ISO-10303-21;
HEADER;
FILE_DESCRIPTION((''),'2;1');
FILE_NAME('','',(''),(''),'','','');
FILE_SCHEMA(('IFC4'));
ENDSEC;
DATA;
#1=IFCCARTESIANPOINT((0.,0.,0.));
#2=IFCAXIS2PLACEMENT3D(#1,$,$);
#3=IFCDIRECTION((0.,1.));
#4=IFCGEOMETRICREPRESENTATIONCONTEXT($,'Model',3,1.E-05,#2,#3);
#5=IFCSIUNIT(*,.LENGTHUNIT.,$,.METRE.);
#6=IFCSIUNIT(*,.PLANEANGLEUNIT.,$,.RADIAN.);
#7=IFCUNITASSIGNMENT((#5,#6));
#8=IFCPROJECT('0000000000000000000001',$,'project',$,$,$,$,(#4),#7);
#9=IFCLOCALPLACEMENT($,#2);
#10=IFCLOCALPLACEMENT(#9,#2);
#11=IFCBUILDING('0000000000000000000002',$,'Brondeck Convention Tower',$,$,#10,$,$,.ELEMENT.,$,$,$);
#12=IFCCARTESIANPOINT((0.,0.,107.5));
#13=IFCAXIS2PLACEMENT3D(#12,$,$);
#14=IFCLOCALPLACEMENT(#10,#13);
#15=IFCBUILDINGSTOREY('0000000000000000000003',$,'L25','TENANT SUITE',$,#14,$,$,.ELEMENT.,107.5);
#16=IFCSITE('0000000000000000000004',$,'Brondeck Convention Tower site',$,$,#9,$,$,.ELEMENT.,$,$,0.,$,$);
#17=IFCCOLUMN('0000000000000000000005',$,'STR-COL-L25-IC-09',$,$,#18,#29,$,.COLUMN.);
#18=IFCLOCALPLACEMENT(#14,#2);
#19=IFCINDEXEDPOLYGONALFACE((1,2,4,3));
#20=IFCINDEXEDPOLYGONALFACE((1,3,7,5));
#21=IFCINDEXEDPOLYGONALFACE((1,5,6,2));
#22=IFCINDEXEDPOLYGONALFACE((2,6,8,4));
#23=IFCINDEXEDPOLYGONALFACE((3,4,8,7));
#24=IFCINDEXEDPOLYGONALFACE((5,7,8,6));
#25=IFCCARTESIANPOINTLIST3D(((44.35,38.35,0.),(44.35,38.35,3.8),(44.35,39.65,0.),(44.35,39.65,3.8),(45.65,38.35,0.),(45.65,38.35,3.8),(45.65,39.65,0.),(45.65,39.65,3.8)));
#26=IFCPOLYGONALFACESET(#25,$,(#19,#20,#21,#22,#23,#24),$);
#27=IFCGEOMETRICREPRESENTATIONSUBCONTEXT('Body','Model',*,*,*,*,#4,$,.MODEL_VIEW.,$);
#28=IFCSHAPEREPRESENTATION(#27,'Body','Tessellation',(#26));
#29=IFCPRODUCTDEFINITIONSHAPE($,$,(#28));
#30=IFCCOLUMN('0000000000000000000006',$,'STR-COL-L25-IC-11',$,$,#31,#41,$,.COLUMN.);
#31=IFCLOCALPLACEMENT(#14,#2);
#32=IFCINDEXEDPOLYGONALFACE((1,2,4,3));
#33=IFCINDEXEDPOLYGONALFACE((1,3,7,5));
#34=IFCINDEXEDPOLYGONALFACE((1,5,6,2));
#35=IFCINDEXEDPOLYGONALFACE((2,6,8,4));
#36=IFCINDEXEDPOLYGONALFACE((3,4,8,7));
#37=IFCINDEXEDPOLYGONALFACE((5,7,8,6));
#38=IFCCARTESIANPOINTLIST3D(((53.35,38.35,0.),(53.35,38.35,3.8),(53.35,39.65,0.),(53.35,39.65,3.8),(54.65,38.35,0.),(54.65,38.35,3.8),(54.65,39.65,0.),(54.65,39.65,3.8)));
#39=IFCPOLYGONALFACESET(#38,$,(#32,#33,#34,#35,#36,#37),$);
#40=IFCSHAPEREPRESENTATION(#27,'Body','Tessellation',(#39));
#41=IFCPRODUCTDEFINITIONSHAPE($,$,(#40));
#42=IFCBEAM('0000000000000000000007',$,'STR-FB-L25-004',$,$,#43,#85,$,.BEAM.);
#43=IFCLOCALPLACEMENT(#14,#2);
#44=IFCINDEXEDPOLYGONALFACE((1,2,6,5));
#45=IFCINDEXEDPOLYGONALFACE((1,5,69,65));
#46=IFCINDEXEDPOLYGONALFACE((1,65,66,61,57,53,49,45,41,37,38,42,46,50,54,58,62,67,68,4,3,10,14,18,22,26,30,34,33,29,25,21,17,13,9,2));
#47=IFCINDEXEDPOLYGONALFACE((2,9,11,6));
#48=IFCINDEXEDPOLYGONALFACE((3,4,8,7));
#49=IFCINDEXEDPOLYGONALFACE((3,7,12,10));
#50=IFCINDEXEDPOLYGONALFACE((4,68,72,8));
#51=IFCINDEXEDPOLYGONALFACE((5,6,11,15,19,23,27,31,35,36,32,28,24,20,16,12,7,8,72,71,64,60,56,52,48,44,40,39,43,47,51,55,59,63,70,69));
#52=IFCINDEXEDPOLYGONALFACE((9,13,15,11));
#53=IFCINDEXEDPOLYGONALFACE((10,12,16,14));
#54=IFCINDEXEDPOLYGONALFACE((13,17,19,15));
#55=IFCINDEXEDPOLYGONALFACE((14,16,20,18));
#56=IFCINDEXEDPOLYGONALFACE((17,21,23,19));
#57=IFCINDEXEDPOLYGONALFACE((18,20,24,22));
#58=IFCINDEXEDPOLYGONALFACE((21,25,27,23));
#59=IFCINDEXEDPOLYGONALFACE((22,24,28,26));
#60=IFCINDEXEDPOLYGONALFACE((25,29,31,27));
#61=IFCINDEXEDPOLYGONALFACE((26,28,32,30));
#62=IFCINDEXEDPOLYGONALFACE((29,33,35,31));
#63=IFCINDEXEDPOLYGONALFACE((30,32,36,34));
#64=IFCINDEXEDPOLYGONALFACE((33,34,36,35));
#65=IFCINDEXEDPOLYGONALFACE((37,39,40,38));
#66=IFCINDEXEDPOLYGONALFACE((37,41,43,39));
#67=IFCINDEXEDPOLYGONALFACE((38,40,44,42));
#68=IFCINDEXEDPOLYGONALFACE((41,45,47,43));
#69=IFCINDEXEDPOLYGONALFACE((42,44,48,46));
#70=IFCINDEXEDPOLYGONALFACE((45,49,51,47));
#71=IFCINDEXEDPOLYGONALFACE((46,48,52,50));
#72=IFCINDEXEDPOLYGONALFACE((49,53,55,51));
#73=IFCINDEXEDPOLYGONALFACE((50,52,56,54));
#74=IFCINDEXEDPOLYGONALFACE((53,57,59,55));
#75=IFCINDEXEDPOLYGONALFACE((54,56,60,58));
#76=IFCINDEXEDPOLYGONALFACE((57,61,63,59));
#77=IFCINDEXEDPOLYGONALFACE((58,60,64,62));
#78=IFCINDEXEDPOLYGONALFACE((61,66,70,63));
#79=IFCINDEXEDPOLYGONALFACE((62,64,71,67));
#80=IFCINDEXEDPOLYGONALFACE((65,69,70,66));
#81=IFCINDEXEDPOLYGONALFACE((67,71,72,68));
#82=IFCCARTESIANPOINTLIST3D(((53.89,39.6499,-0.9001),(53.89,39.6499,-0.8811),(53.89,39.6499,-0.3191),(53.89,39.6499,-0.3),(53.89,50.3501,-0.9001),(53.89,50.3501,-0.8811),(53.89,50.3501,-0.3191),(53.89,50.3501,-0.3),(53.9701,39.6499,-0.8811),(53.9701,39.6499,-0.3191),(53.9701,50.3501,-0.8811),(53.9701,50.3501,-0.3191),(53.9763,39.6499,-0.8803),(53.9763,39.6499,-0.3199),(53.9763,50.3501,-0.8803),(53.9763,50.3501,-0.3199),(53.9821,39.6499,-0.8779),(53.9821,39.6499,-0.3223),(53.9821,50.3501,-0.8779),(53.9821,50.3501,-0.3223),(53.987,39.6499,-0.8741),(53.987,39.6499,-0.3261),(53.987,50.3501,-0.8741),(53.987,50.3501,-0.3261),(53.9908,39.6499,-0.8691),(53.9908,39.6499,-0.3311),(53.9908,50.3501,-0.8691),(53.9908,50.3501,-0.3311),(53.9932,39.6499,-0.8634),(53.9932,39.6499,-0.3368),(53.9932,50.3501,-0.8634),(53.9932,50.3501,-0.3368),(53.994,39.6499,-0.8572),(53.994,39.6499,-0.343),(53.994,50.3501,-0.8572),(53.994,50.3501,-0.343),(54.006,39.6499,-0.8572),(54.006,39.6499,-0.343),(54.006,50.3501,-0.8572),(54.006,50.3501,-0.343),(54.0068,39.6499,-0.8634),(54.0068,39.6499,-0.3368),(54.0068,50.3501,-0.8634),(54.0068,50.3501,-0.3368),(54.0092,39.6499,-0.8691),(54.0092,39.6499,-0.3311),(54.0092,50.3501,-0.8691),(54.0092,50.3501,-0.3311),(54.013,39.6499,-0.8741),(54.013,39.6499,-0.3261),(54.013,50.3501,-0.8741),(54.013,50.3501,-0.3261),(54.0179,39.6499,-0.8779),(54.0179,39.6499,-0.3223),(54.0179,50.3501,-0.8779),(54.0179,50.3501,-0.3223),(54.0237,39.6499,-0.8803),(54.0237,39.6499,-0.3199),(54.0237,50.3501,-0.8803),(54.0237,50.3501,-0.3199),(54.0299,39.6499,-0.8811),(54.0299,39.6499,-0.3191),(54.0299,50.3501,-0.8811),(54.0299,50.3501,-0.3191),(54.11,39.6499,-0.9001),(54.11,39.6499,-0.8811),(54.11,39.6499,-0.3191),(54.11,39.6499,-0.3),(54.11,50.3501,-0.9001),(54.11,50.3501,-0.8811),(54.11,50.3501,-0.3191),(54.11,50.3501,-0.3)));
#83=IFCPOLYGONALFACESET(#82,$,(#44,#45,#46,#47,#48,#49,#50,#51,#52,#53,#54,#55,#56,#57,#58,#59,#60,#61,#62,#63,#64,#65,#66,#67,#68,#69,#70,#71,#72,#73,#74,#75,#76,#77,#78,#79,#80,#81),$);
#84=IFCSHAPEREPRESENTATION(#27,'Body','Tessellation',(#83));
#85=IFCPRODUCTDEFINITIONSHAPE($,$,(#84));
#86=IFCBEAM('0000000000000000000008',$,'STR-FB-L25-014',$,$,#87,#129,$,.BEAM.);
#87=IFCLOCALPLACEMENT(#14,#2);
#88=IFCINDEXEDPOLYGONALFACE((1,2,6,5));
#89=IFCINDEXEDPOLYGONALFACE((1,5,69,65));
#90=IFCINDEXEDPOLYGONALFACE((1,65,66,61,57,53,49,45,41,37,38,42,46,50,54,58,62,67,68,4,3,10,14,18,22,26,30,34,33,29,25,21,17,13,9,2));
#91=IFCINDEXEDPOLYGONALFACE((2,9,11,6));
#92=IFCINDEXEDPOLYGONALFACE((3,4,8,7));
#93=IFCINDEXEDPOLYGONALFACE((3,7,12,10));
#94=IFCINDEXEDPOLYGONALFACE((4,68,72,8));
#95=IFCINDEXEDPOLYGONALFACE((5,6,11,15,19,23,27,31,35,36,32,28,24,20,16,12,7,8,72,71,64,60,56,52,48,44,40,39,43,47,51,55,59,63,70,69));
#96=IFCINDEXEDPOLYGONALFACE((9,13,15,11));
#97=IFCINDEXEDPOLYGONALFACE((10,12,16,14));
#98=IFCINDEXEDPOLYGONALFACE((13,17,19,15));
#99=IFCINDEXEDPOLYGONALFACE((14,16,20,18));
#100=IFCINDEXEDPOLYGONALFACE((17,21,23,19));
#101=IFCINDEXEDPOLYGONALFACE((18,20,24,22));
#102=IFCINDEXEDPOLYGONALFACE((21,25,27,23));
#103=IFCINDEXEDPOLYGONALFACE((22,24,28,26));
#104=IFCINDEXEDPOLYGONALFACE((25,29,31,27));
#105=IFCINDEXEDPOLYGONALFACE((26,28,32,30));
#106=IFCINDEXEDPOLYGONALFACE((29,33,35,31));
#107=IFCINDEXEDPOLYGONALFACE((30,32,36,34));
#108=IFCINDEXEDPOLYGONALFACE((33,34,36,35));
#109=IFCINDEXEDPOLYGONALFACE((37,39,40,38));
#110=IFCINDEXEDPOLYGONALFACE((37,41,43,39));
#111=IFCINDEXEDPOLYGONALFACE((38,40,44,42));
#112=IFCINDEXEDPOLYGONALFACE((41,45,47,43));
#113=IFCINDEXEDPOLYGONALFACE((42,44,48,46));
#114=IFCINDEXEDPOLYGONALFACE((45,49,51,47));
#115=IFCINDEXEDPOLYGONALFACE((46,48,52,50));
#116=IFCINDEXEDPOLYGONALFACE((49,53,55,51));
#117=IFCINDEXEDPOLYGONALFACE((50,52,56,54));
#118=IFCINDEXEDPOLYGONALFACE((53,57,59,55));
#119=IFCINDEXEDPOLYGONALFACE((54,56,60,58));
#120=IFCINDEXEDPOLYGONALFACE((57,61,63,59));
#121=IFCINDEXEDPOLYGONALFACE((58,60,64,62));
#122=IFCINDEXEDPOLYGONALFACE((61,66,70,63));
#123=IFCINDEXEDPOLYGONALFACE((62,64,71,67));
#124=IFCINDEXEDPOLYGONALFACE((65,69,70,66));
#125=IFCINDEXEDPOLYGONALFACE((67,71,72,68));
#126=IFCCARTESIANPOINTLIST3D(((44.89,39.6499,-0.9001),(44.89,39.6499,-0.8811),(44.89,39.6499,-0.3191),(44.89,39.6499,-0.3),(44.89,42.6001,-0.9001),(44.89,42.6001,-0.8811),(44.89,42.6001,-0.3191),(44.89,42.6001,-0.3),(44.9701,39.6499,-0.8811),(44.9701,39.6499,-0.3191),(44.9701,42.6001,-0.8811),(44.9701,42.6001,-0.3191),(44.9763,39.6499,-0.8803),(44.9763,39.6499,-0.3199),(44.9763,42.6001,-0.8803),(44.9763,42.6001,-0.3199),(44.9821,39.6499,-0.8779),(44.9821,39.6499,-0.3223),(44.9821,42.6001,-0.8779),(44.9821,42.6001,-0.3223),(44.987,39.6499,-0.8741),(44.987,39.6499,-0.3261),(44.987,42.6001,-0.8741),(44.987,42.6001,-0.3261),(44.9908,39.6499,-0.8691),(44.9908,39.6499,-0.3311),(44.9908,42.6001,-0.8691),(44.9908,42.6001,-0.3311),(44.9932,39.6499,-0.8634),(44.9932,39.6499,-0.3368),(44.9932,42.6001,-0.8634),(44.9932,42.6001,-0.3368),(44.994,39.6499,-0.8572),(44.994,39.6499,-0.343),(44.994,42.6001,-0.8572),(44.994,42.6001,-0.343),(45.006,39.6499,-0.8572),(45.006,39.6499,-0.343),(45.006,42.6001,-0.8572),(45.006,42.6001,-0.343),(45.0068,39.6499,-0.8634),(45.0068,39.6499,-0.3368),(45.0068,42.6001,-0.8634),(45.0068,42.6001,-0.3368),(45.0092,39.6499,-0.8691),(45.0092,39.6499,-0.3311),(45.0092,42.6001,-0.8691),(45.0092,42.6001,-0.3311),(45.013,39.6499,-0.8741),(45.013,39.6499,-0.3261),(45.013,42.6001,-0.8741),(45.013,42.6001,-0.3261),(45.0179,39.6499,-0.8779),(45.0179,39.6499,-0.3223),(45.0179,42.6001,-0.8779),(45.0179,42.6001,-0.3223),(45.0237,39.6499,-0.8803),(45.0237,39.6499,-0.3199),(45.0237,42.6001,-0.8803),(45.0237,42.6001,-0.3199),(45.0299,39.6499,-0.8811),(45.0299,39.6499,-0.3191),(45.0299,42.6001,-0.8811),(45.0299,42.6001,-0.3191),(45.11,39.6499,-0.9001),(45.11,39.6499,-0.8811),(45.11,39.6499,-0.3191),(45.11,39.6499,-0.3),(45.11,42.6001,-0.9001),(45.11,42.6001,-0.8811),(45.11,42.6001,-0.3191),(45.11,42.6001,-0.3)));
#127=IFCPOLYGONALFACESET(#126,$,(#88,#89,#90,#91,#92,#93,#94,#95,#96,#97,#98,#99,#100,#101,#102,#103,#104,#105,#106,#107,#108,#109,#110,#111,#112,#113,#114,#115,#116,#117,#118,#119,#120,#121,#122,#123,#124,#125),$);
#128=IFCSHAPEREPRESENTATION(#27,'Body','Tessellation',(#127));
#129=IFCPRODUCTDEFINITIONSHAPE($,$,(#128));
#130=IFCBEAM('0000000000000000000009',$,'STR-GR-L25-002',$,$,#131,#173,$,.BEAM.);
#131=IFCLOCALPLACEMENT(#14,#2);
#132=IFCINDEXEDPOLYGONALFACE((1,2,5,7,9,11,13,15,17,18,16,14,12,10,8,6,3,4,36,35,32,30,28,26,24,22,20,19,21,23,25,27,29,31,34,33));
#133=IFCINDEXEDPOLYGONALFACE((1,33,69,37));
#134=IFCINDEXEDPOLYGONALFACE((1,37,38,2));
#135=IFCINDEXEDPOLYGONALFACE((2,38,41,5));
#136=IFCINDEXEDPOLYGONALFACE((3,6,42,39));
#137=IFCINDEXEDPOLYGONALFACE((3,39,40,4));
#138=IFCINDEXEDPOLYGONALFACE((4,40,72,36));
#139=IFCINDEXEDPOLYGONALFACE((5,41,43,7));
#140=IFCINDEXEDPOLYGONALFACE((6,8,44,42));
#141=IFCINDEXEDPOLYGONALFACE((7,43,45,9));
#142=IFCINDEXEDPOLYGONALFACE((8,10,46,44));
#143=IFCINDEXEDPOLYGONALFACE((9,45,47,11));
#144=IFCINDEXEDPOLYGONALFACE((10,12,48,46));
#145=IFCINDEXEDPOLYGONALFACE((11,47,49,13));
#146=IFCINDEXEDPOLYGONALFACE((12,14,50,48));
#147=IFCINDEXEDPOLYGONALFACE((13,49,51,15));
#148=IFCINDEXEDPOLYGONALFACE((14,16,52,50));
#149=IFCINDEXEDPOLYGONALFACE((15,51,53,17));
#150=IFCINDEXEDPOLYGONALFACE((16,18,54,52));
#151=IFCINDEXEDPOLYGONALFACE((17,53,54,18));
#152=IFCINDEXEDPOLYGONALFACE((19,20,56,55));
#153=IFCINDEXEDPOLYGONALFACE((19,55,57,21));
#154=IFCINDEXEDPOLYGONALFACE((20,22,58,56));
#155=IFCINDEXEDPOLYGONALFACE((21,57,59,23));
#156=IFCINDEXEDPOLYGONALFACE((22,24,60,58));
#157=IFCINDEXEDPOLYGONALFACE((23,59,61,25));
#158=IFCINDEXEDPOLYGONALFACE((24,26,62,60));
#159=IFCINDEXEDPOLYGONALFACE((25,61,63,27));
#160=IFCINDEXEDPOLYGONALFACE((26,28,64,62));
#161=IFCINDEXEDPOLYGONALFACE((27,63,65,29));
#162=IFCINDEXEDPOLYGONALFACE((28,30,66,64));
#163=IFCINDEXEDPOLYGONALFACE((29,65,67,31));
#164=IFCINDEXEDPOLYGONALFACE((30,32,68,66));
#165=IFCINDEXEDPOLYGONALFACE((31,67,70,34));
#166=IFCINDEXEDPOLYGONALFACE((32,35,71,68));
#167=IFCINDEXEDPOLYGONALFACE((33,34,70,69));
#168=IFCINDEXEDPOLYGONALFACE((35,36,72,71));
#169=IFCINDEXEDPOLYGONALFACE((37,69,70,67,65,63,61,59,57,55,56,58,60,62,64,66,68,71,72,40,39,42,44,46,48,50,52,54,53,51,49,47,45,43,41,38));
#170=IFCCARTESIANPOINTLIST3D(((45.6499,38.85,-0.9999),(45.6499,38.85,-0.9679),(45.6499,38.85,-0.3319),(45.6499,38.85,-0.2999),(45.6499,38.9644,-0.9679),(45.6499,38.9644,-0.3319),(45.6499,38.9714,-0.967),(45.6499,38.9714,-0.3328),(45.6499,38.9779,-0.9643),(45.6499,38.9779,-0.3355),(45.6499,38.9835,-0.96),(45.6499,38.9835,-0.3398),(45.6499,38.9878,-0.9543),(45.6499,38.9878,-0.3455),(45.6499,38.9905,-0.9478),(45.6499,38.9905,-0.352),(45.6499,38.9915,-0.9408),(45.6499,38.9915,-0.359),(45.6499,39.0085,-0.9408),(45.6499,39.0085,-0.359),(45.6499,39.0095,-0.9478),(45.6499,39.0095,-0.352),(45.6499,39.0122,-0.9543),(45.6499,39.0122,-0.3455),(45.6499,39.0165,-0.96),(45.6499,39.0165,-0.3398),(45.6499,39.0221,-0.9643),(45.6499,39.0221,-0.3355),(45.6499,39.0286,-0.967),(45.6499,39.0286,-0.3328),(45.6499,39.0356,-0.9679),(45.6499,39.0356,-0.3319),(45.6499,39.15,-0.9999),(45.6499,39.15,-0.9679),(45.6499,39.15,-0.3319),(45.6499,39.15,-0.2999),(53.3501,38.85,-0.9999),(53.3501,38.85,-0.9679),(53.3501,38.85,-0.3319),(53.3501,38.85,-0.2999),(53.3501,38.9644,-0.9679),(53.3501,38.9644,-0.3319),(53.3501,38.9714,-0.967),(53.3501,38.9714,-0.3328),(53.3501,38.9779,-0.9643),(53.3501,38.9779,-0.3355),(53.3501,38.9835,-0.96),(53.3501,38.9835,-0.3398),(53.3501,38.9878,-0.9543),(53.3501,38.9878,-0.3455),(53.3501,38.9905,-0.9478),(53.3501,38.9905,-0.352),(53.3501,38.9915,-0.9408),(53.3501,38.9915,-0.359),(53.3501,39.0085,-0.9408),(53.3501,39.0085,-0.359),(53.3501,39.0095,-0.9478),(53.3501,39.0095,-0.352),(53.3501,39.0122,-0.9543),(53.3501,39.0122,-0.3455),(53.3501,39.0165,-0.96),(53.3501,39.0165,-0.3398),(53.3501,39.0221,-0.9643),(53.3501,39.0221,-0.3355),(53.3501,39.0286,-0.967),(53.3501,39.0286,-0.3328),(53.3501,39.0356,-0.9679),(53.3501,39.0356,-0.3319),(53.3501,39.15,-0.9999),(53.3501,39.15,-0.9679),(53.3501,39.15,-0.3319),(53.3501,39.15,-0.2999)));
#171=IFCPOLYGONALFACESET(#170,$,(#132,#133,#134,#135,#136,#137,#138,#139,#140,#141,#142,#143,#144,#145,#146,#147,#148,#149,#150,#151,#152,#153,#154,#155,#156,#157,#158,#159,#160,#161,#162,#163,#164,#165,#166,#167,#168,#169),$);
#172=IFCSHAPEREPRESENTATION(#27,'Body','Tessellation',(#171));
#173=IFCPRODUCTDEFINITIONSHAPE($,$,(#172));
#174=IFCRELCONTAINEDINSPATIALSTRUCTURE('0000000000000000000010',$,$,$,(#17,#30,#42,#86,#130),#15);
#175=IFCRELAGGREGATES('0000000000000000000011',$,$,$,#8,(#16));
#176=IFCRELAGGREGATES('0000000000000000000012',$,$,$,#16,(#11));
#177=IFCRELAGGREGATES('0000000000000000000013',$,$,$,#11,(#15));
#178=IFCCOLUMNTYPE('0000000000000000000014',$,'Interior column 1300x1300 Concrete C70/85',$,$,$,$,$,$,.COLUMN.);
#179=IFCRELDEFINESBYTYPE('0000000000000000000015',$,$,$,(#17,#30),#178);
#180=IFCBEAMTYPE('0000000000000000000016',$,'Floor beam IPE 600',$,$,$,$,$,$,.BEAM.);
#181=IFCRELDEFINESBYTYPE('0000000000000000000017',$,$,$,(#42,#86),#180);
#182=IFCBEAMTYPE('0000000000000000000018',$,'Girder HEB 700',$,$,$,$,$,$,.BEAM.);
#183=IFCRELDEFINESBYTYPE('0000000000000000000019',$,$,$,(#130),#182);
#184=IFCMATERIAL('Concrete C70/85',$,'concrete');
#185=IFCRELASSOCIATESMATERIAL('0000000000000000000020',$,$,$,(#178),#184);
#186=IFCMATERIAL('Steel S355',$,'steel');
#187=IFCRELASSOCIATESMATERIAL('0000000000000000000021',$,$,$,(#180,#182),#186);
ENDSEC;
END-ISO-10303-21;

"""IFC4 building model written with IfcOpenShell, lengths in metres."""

from ifc_helpers import new_model, si_unit, direction, frame, origin, origin_2d, place, context, subcontext, project, spatial, rectangle, i_section, extrude, material, material_profile, profile_set, type_object, element, save


model = new_model("IFC4")

# Units and contexts
model_context = context("Model", 3, precision=1e-05, world=origin(), true_north=direction((0.0, 1.0)))
body_context = subcontext(model_context, "Body", "Model", "MODEL_VIEW")
ifc_project = project(units=[si_unit("LENGTHUNIT", "METRE"), si_unit("PLANEANGLEUNIT", "RADIAN")], contexts=[model_context])

# Site, building, storey
site_placement = place(None, origin())
site = spatial("IfcSite", under=ifc_project, at=site_placement, Name="Brondeck Convention Tower site", CompositionType="ELEMENT", RefElevation=0.0)
building_placement = place(site_placement, origin())
building = spatial("IfcBuilding", under=site, at=building_placement, Name="Brondeck Convention Tower", CompositionType="ELEMENT")
storey_placement = place(building_placement, frame((0.0, 0.0, 107.5)))
storey = spatial("IfcBuildingStorey", under=building, at=storey_placement, Name="L25", Description="TENANT SUITE", CompositionType="ELEMENT", Elevation=107.5)

# Columns
ifc_material_1 = material(Name="Concrete C70/85", Category="concrete")
ifc_material_profile_1 = material_profile(ifc_material_1, rectangle(XDim=1.3, YDim=1.3, at=origin_2d()), Name="Interior column 1300x1300 Concrete C70/85")
ifc_profile_set_1 = profile_set([ifc_material_profile_1], Name="Concrete C70/85")
column_type = type_object("IfcColumnType", Name="Interior column 1300x1300 Concrete C70/85", PredefinedType="COLUMN", material=ifc_profile_set_1)
for number, where, z_axis, x_axis, name in (
    (1, (45.0, 39.0, 0.0), (0.0, 0.0, 1.0), (1.0, 0.0, 0.0), "STR-COL-L25-IC-09"),
    (2, (54.0, 39.0, 0.0), (0.0, 0.0, 1.0), (1.0, 0.0, 0.0), "STR-COL-L25-IC-11"),
):
    element("IfcColumn", number, at=place(storey_placement, frame(where, z_axis=z_axis, x_axis=x_axis)), inside=storey, type_object=column_type, Name=name, PredefinedType="COLUMN", context=body_context, shape_type="SweptSolid", body=[
        extrude(rectangle(XDim=1.3, YDim=1.3, at=origin_2d()), origin(), (0.0, 0.0, 1.0), 3.8),
    ])

# Beams
ifc_material_2 = material(Name="Steel S355", Category="steel")
ifc_material_profile_2 = material_profile(ifc_material_2, i_section(OverallWidth=0.22, OverallDepth=0.6001, WebThickness=0.012, FlangeThickness=0.019, FilletRadius=0.0239, at=origin_2d()), Name="IPE 600")
ifc_profile_set_2 = profile_set([ifc_material_profile_2], Name="Steel S355")
beam_type_1 = type_object("IfcBeamType", Name="Floor beam IPE 600", PredefinedType="BEAM", material=ifc_profile_set_2)
beam_1_placement = place(storey_placement, frame((54.0, 39.6499, -0.6001), z_axis=(0.0, 1.0, 0.0), x_axis=(-1.0, 0.0, 0.0)))
element("IfcBeam", 3, at=beam_1_placement, inside=storey, type_object=beam_type_1, Name="STR-FB-L25-004", PredefinedType="BEAM", context=body_context, shape_type="SweptSolid", body=[
    extrude(i_section(OverallWidth=0.22, OverallDepth=0.6001, WebThickness=0.012, FlangeThickness=0.019, FilletRadius=0.0239, at=origin_2d()), origin(), (0.0, 0.0, 1.0), 10.7002),
])
beam_2_placement = place(storey_placement, frame((45.0, 39.6499, -0.6001), z_axis=(0.0, 1.0, 0.0), x_axis=(-1.0, 0.0, 0.0)))
element("IfcBeam", 4, at=beam_2_placement, inside=storey, type_object=beam_type_1, Name="STR-FB-L25-014", PredefinedType="BEAM", context=body_context, shape_type="SweptSolid", body=[
    extrude(i_section(OverallWidth=0.22, OverallDepth=0.6001, WebThickness=0.012, FlangeThickness=0.019, FilletRadius=0.0239, at=origin_2d()), origin(), (0.0, 0.0, 1.0), 2.9502),
])
ifc_material_profile_3 = material_profile(ifc_material_2, i_section(OverallWidth=0.3, OverallDepth=0.7, WebThickness=0.0171, FlangeThickness=0.032, FilletRadius=0.0271, at=origin_2d()), Name="HEB 700")
ifc_profile_set_3 = profile_set([ifc_material_profile_3], Name="Steel S355")
beam_type_2 = type_object("IfcBeamType", Name="Girder HEB 700", PredefinedType="BEAM", material=ifc_profile_set_3)
for number, where, z_axis, x_axis, name in (
    (5, (45.6499, 39.0, -0.6499), (1.0, 0.0, 0.0), (0.0, 1.0, 0.0), "STR-GR-L25-002"),
):
    element("IfcBeam", number, at=place(storey_placement, frame(where, z_axis=z_axis, x_axis=x_axis)), inside=storey, type_object=beam_type_2, Name=name, PredefinedType="BEAM", context=body_context, shape_type="SweptSolid", body=[
        extrude(i_section(OverallWidth=0.3, OverallDepth=0.7, WebThickness=0.0171, FlangeThickness=0.032, FilletRadius=0.0271, at=origin_2d()), origin(), (0.0, 0.0, 1.0), 7.7002),
    ])

save(model, "model.ifc")
